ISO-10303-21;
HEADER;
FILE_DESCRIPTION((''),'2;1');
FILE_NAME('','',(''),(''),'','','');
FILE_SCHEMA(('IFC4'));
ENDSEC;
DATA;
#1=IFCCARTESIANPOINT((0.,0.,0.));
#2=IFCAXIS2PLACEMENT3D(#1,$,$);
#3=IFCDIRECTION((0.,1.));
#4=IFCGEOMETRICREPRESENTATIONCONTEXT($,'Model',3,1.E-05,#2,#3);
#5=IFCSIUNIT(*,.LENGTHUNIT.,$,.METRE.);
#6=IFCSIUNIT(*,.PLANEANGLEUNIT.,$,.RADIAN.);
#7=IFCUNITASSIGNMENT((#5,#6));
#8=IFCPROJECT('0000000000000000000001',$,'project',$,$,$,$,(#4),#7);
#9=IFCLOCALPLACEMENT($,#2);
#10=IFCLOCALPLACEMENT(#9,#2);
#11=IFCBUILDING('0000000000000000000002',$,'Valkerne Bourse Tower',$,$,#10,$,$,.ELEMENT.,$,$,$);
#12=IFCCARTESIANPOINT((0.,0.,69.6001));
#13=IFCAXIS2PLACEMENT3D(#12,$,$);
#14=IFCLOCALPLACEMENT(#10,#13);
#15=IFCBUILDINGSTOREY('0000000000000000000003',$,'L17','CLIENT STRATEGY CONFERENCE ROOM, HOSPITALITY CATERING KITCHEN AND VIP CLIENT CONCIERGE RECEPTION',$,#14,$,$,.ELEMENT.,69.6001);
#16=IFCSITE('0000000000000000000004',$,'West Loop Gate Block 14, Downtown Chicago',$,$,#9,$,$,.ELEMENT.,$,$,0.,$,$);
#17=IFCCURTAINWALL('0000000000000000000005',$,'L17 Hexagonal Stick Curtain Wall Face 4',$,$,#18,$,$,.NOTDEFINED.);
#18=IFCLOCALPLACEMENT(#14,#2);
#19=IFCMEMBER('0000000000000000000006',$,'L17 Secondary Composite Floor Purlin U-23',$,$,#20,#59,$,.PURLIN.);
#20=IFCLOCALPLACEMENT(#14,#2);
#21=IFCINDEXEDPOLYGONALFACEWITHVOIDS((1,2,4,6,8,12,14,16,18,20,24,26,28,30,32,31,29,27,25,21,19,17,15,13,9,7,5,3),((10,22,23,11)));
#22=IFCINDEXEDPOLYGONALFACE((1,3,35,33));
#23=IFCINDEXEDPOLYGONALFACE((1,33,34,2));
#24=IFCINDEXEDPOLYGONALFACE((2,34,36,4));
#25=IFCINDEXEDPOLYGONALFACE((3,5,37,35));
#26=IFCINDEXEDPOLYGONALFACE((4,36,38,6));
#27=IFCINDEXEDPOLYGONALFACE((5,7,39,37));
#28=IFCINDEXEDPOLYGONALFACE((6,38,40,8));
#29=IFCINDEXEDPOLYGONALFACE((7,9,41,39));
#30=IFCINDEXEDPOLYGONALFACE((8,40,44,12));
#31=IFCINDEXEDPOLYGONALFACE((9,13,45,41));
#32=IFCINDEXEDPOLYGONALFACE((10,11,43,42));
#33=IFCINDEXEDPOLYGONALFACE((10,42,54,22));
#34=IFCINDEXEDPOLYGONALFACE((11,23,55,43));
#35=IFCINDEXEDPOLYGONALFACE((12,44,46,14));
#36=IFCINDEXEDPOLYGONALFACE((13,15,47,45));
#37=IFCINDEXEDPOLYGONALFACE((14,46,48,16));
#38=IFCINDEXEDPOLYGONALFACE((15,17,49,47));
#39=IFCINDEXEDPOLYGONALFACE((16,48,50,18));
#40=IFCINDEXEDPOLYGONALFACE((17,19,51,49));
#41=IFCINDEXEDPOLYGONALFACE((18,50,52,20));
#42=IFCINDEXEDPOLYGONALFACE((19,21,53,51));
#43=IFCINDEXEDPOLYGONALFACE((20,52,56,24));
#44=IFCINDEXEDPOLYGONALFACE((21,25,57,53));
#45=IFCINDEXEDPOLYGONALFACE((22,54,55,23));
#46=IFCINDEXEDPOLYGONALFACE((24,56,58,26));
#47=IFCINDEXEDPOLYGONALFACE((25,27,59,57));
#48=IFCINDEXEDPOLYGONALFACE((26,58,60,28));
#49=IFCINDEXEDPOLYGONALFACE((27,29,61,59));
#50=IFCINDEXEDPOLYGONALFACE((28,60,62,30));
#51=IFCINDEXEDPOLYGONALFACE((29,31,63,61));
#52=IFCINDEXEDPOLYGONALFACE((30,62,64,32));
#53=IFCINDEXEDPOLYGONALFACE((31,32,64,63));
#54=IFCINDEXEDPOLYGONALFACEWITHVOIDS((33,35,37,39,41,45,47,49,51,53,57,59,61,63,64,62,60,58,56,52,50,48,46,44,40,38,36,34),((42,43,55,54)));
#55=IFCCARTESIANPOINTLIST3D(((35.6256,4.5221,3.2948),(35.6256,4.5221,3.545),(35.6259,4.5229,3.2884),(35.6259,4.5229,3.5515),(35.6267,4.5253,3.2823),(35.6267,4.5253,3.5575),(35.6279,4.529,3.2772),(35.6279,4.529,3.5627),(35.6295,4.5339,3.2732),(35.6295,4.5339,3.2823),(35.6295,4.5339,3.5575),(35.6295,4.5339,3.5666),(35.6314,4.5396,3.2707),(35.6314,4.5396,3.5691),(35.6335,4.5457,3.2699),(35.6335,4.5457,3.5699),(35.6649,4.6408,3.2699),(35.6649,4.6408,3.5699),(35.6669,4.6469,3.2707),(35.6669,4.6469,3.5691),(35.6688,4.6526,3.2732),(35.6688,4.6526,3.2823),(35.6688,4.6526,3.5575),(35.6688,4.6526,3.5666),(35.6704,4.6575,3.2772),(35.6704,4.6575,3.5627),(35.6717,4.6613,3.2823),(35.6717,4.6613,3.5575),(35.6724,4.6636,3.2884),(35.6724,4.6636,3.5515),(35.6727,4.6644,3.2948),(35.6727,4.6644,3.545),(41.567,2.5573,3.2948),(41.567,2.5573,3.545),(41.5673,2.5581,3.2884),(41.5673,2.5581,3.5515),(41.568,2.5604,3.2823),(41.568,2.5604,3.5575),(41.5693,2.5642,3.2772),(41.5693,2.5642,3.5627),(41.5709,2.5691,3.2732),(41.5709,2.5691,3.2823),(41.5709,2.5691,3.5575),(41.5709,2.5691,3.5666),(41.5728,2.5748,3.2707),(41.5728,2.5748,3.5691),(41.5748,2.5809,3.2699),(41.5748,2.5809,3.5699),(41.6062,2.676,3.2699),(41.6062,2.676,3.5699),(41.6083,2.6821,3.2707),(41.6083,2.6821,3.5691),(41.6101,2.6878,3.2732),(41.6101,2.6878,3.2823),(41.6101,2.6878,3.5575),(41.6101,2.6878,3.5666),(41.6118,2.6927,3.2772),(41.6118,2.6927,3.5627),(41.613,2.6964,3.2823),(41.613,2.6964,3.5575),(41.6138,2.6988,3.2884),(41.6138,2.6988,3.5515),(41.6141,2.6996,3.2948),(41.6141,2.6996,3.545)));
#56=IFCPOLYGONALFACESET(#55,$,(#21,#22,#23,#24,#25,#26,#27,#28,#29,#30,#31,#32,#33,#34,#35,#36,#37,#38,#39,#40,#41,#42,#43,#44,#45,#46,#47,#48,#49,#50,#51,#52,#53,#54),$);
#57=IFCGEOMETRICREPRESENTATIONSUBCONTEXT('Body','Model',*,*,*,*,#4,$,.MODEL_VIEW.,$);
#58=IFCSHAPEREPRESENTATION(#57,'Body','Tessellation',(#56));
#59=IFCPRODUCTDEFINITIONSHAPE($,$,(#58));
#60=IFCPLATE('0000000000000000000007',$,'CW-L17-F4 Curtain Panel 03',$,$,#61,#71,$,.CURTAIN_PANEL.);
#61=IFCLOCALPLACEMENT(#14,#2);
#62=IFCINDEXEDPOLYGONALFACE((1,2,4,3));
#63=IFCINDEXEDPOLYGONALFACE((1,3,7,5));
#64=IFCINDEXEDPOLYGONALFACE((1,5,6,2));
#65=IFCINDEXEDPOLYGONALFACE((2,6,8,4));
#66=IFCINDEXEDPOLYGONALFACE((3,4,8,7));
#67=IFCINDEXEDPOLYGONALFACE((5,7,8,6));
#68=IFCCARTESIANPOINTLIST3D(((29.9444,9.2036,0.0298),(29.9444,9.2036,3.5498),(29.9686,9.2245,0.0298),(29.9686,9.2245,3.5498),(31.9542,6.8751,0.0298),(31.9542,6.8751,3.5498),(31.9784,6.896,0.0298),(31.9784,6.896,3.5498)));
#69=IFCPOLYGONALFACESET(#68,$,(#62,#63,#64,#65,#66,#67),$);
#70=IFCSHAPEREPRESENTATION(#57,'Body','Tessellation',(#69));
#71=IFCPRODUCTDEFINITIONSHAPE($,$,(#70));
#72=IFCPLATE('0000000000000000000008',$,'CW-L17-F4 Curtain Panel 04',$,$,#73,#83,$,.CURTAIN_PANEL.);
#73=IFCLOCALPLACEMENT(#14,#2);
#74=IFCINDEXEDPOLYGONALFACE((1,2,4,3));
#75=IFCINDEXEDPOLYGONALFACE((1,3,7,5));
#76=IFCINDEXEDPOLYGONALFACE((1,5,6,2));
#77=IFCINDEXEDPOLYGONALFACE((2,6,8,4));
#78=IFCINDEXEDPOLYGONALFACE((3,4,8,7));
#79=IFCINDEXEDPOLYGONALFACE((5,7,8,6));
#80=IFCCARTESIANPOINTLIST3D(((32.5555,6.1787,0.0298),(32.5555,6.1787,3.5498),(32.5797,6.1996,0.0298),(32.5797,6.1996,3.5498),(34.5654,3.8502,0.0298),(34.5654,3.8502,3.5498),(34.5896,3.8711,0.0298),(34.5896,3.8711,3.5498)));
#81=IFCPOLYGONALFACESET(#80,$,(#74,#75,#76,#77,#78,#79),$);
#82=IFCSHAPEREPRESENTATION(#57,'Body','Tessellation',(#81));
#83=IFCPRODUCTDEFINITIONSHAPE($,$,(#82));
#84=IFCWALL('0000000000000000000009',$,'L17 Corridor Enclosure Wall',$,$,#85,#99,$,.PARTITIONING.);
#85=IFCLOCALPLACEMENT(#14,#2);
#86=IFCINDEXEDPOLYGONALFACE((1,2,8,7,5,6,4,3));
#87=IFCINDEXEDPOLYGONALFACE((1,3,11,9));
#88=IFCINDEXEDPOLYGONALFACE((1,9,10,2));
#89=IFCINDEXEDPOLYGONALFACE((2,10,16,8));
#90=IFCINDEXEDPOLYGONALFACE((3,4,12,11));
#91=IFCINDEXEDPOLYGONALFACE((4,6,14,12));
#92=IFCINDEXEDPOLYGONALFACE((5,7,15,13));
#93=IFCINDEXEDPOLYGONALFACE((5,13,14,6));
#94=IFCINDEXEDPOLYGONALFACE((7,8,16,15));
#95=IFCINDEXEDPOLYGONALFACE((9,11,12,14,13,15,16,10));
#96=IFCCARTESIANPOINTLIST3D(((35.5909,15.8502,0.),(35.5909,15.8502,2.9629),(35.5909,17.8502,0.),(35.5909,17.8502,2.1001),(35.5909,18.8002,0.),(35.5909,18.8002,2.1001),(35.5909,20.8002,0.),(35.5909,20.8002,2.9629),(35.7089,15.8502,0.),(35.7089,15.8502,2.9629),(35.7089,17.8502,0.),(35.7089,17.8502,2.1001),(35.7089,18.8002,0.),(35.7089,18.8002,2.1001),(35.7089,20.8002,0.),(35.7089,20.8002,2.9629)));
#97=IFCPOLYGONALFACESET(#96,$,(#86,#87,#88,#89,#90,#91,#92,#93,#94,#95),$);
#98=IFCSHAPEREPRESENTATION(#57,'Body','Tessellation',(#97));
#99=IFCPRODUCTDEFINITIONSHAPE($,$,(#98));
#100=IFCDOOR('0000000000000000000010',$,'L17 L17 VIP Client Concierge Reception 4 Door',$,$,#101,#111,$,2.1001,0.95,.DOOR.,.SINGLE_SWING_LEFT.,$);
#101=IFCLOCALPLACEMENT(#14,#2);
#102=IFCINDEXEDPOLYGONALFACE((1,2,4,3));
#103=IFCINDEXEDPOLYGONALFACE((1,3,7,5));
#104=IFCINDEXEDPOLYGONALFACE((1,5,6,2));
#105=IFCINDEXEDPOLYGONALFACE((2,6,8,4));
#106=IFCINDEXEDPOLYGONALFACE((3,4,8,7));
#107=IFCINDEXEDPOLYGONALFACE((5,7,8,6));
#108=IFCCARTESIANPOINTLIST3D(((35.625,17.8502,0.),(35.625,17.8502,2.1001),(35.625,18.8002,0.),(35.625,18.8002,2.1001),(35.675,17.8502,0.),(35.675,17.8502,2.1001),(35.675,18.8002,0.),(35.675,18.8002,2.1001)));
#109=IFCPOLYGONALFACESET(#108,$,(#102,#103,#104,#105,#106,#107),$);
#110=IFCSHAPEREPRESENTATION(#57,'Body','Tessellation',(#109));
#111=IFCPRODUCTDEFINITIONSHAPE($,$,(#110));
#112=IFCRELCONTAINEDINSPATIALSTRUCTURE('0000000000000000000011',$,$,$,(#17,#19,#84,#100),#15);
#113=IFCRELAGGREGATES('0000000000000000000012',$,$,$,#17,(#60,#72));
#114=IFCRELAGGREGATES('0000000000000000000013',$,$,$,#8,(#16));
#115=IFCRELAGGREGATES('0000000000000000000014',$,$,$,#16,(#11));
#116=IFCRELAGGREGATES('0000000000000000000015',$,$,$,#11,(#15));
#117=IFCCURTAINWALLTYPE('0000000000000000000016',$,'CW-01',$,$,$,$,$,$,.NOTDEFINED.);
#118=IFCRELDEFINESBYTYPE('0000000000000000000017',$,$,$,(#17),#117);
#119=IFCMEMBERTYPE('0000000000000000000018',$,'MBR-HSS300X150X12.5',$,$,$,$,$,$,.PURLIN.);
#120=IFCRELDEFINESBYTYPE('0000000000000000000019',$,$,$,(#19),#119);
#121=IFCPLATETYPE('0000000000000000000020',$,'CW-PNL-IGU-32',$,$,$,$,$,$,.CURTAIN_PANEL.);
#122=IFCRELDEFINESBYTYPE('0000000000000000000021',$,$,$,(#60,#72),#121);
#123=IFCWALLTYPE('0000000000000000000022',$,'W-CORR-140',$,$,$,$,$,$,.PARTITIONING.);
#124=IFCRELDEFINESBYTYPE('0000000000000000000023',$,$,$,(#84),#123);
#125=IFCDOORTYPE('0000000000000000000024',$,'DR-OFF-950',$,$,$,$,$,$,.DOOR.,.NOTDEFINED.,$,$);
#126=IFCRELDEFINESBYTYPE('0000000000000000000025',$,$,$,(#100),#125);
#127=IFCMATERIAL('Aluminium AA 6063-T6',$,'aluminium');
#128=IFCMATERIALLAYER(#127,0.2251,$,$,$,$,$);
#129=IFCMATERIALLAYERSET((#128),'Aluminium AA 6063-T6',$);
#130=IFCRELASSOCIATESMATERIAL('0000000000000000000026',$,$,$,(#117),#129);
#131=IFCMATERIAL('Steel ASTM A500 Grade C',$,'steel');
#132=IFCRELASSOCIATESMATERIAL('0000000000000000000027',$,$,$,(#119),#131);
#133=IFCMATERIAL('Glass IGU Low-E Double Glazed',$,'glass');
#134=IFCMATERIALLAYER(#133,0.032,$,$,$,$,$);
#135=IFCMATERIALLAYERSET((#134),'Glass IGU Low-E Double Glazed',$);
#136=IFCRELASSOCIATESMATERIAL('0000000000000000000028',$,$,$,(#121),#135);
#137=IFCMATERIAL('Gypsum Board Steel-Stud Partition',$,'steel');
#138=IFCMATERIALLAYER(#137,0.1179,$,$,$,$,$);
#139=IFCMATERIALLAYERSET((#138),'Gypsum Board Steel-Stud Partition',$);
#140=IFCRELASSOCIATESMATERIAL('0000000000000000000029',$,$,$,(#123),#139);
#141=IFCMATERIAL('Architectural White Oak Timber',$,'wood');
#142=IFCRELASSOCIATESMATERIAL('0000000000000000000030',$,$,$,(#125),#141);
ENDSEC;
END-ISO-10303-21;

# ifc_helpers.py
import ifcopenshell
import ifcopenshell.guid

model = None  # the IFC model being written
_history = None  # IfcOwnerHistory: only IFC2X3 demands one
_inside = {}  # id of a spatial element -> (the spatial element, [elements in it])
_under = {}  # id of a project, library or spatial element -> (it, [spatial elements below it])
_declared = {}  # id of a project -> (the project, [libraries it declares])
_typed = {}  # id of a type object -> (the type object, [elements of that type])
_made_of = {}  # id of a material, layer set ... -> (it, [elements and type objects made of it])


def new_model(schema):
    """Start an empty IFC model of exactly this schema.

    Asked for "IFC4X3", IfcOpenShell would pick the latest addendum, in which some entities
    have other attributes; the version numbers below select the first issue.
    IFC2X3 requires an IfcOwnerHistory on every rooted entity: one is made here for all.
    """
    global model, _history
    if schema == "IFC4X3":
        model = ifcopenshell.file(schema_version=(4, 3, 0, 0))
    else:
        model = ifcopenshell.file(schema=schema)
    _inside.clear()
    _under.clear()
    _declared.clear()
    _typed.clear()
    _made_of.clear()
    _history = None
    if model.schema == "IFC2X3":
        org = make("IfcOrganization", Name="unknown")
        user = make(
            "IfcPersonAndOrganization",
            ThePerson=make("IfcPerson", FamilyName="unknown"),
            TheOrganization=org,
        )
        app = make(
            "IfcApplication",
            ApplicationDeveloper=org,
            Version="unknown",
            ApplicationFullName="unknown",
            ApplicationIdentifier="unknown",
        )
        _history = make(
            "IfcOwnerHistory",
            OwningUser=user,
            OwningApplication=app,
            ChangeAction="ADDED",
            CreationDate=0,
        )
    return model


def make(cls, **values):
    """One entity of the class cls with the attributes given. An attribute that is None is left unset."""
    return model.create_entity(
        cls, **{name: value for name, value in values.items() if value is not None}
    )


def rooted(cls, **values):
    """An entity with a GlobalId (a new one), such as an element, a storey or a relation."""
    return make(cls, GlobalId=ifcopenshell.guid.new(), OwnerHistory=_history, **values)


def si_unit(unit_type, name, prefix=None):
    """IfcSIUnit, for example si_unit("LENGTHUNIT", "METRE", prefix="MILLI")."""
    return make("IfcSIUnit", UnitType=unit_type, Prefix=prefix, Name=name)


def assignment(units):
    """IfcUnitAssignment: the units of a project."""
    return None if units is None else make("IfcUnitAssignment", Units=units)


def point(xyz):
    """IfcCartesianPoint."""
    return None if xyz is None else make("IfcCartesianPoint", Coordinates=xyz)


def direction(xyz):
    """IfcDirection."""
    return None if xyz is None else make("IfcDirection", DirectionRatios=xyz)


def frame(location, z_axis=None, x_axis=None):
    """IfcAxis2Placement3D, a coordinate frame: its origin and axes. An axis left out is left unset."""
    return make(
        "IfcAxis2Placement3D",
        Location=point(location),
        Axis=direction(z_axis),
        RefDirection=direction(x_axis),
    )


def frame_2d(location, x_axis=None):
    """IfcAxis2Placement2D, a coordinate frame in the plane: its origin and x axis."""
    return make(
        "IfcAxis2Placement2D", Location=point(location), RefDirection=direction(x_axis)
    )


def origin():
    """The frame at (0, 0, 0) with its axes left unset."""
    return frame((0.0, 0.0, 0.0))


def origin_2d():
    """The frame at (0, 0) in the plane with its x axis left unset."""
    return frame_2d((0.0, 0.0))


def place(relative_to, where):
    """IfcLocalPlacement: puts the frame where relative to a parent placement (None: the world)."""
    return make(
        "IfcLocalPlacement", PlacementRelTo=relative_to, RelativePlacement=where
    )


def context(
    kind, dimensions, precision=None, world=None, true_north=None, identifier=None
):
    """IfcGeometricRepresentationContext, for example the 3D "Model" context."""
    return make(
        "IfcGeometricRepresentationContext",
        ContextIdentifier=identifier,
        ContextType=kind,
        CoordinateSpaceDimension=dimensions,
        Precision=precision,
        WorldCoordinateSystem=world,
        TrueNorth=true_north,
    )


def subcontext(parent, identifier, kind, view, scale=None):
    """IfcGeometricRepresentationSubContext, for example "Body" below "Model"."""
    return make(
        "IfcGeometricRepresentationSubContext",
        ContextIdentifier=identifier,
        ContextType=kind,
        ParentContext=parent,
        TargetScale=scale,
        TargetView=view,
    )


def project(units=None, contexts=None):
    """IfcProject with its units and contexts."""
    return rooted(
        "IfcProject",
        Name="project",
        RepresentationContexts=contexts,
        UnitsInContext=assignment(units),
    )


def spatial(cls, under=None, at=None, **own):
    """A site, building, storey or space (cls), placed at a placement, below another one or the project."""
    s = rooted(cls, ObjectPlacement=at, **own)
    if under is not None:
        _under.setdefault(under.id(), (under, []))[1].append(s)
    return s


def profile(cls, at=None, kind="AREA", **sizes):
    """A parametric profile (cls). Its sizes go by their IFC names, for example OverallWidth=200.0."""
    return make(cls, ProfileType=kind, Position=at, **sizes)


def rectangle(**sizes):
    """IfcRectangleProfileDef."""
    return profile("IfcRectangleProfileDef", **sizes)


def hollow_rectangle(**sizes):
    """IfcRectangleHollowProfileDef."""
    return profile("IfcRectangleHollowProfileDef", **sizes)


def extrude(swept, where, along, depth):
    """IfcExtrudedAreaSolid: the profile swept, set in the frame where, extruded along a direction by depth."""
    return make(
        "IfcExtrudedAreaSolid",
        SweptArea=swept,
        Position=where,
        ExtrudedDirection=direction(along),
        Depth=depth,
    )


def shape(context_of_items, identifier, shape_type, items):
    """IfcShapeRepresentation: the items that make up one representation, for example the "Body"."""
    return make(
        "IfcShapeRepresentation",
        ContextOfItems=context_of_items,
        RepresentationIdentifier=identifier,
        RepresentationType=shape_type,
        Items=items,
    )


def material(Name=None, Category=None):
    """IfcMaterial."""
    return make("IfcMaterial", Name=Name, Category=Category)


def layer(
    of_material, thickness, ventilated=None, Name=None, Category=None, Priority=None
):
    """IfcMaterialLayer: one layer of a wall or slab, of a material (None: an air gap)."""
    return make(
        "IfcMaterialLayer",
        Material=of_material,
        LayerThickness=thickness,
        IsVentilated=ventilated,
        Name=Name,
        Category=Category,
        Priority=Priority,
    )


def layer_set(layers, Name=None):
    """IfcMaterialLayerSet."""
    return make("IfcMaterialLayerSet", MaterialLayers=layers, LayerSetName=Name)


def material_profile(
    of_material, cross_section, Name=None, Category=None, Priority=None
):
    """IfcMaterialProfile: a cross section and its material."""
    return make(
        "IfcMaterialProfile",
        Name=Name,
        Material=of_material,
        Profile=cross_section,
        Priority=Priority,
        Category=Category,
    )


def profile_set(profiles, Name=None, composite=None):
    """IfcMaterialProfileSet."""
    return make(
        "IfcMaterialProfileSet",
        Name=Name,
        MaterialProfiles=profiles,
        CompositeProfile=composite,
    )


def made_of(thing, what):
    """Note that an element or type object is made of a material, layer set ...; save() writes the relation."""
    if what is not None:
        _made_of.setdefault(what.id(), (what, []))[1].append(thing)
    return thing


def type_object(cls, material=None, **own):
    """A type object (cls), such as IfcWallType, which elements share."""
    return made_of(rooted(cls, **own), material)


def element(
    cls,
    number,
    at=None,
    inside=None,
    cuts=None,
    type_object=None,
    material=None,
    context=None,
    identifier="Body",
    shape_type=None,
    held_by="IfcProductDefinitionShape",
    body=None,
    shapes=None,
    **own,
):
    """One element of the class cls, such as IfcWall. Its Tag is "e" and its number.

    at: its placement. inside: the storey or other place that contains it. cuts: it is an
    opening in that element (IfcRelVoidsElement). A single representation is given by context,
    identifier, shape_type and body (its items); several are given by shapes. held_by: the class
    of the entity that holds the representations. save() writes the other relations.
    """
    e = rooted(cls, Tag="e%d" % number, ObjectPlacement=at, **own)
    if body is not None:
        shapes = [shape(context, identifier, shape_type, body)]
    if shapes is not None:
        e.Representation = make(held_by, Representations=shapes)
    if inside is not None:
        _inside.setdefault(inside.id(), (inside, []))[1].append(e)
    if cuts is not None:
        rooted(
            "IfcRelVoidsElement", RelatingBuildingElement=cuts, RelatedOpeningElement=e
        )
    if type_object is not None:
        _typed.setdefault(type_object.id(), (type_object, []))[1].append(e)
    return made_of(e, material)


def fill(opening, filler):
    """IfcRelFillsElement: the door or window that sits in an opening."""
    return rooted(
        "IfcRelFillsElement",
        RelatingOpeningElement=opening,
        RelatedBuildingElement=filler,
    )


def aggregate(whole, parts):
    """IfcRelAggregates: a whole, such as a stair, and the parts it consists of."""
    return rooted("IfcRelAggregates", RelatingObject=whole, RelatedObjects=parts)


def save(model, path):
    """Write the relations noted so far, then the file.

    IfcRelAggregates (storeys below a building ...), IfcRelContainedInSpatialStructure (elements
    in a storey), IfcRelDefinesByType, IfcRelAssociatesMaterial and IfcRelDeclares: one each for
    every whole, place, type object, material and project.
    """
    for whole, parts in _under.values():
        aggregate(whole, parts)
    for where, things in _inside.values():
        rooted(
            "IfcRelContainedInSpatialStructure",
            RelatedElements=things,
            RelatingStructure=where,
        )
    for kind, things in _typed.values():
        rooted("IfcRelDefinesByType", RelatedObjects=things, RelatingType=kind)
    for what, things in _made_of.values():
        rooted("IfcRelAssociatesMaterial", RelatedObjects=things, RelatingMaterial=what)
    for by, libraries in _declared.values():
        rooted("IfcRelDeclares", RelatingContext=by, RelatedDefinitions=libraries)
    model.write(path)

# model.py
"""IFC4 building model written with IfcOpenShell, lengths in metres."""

from ifc_helpers import new_model, si_unit, direction, frame, frame_2d, origin, origin_2d, place, context, subcontext, project, spatial, rectangle, hollow_rectangle, extrude, material, layer, layer_set, material_profile, profile_set, type_object, element, fill, aggregate, save


model = new_model("IFC4")

# Units and contexts
model_context = context("Model", 3, precision=1e-05, world=origin(), true_north=direction((0.0, 1.0)))
body_context = subcontext(model_context, "Body", "Model", "MODEL_VIEW")
ifc_project = project(units=[si_unit("LENGTHUNIT", "METRE"), si_unit("PLANEANGLEUNIT", "RADIAN")], contexts=[model_context])

# Site, building, storey
site_placement = place(None, origin())
site = spatial("IfcSite", under=ifc_project, at=site_placement, Name="West Loop Gate Block 14, Downtown Chicago", CompositionType="ELEMENT", RefElevation=0.0)
building_placement = place(site_placement, origin())
building = spatial("IfcBuilding", under=site, at=building_placement, Name="Valkerne Bourse Tower", CompositionType="ELEMENT")
storey_placement = place(building_placement, frame((0.0, 0.0, 69.6001)))
storey = spatial("IfcBuildingStorey", under=building, at=storey_placement, Name="L17", Description="CLIENT STRATEGY CONFERENCE ROOM, HOSPITALITY CATERING KITCHEN AND VIP CLIENT CONCIERGE RECEPTION", CompositionType="ELEMENT", Elevation=69.6001)

# Curtain wall
ifc_material_1 = material(Name="Aluminium AA 6063-T6", Category="aluminium")
ifc_layer_1 = layer(ifc_material_1, 0.2251)
ifc_layer_set_1 = layer_set([ifc_layer_1], Name="Aluminium AA 6063-T6")
curtain_wall_type = type_object("IfcCurtainWallType", Name="CW-01", PredefinedType="NOTDEFINED", material=ifc_layer_set_1)
curtain_wall_placement = place(storey_placement, origin())
curtain_wall = element("IfcCurtainWall", 1, at=curtain_wall_placement, inside=storey, type_object=curtain_wall_type, Name="L17 Hexagonal Stick Curtain Wall Face 4", PredefinedType="NOTDEFINED")

# Member
ifc_material_2 = material(Name="Steel ASTM A500 Grade C", Category="steel")
ifc_material_profile_1 = material_profile(ifc_material_2, hollow_rectangle(XDim=0.1499, YDim=0.3, WallThickness=0.0125, OuterFilletRadius=0.0249, at=origin_2d()), Name="HSS300X150X12.5")
ifc_profile_set_1 = profile_set([ifc_material_profile_1], Name="Steel ASTM A500 Grade C")
member_type_1 = type_object("IfcMemberType", Name="MBR-HSS300X150X12.5", PredefinedType="PURLIN", material=ifc_profile_set_1)
member_1_placement = place(storey_placement, frame((35.6492, 4.5933, 3.4199), z_axis=(0.94943, -0.31398, 0.0), x_axis=(0.31398, 0.94943, 0.0)))
element("IfcMember", 2, at=member_1_placement, inside=storey, type_object=member_type_1, Name="L17 Secondary Composite Floor Purlin U-23", PredefinedType="PURLIN", context=body_context, shape_type="SweptSolid", body=[
    extrude(hollow_rectangle(XDim=0.1499, YDim=0.3, WallThickness=0.0125, OuterFilletRadius=0.0249, at=origin_2d()), origin(), (0.0, 0.0, 1.0), 6.2578),
])

# Plates
ifc_material_3 = material(Name="Glass IGU Low-E Double Glazed", Category="glass")
ifc_layer_2 = layer(ifc_material_3, 0.032)
ifc_layer_set_2 = layer_set([ifc_layer_2], Name="Glass IGU Low-E Double Glazed")
plate_type = type_object("IfcPlateType", Name="CW-PNL-IGU-32", PredefinedType="CURTAIN_PANEL", material=ifc_layer_set_2)
plate_1_placement = place(storey_placement, frame((30.9614, 8.0498, 0.0298), z_axis=(0.0, 0.0, 1.0), x_axis=(0.653405, -0.757009, 0.0)))
plate_1 = element("IfcPlate", 3, at=plate_1_placement, type_object=plate_type, Name="CW-L17-F4 Curtain Panel 03", PredefinedType="CURTAIN_PANEL", context=body_context, shape_type="SweptSolid", body=[
    extrude(rectangle(XDim=3.0759, YDim=0.032, at=origin_2d()), origin(), (0.0, 0.0, 1.0), 3.52),
])
plate_2_placement = place(storey_placement, frame((33.5725, 5.0249, 0.0298), z_axis=(0.0, 0.0, 1.0), x_axis=(0.653432, -0.756986, 0.0)))
plate_2 = element("IfcPlate", 4, at=plate_2_placement, type_object=plate_type, Name="CW-L17-F4 Curtain Panel 04", PredefinedType="CURTAIN_PANEL", context=body_context, shape_type="SweptSolid", body=[
    extrude(rectangle(XDim=3.0759, YDim=0.032, at=origin_2d()), origin(), (0.0, 0.0, 1.0), 3.52),
])
aggregate(curtain_wall, [plate_1, plate_2])

# Wall, opening, door
ifc_material_4 = material(Name="Gypsum Board Steel-Stud Partition", Category="steel")
ifc_layer_3 = layer(ifc_material_4, 0.1179)
ifc_layer_set_3 = layer_set([ifc_layer_3], Name="Gypsum Board Steel-Stud Partition")
wall_type = type_object("IfcWallType", Name="W-CORR-140", PredefinedType="PARTITIONING", material=ifc_layer_set_3)
wall_placement = place(storey_placement, frame((35.6499, 15.8501, 0.0), z_axis=(0.0, 0.0, 1.0), x_axis=(0.0, 1.0, 0.0)))
wall = element("IfcWall", 5, at=wall_placement, inside=storey, type_object=wall_type, Name="L17 Corridor Enclosure Wall", PredefinedType="PARTITIONING", context=body_context, shape_type="SweptSolid", body=[
    extrude(rectangle(XDim=4.95, YDim=0.1179, at=frame_2d((2.4751, 0.0))), origin(), (0.0, 0.0, 1.0), 2.9629),
])
opening_placement = place(wall_placement, frame((2.0, 0.0, 0.0)))
opening = element("IfcOpeningElement", 6, at=opening_placement, cuts=wall, PredefinedType="OPENING", context=body_context, shape_type="SweptSolid", body=[
    extrude(rectangle(XDim=0.95, YDim=2.1001, at=frame_2d((0.4751, 1.05))), frame((0.0, 0.0688, 0.0), z_axis=(0.0, -1.0, 0.0), x_axis=(1.0, 0.0, 0.0)), (0.0, 0.0, 1.0), 0.1379),
])
ifc_material_5 = material(Name="Architectural White Oak Timber", Category="wood")
door_type = type_object("IfcDoorType", Name="DR-OFF-950", OperationType="NOTDEFINED", PredefinedType="DOOR", material=ifc_material_5)
door_placement = place(opening_placement, origin())
door = element("IfcDoor", 7, at=door_placement, inside=storey, type_object=door_type, Name="L17 L17 VIP Client Concierge Reception 4 Door", OperationType="SINGLE_SWING_LEFT", OverallHeight=2.1001, OverallWidth=0.95, PredefinedType="DOOR", context=body_context, shape_type="SweptSolid", body=[
    extrude(rectangle(XDim=0.95, YDim=2.1001, at=frame_2d((0.4751, 1.05))), frame((0.0, 0.0249, 0.0), z_axis=(0.0, -1.0, 0.0), x_axis=(1.0, 0.0, 0.0)), (0.0, 0.0, 1.0), 0.05),
])
fill(opening, door)

save(model, "model.ifc")
